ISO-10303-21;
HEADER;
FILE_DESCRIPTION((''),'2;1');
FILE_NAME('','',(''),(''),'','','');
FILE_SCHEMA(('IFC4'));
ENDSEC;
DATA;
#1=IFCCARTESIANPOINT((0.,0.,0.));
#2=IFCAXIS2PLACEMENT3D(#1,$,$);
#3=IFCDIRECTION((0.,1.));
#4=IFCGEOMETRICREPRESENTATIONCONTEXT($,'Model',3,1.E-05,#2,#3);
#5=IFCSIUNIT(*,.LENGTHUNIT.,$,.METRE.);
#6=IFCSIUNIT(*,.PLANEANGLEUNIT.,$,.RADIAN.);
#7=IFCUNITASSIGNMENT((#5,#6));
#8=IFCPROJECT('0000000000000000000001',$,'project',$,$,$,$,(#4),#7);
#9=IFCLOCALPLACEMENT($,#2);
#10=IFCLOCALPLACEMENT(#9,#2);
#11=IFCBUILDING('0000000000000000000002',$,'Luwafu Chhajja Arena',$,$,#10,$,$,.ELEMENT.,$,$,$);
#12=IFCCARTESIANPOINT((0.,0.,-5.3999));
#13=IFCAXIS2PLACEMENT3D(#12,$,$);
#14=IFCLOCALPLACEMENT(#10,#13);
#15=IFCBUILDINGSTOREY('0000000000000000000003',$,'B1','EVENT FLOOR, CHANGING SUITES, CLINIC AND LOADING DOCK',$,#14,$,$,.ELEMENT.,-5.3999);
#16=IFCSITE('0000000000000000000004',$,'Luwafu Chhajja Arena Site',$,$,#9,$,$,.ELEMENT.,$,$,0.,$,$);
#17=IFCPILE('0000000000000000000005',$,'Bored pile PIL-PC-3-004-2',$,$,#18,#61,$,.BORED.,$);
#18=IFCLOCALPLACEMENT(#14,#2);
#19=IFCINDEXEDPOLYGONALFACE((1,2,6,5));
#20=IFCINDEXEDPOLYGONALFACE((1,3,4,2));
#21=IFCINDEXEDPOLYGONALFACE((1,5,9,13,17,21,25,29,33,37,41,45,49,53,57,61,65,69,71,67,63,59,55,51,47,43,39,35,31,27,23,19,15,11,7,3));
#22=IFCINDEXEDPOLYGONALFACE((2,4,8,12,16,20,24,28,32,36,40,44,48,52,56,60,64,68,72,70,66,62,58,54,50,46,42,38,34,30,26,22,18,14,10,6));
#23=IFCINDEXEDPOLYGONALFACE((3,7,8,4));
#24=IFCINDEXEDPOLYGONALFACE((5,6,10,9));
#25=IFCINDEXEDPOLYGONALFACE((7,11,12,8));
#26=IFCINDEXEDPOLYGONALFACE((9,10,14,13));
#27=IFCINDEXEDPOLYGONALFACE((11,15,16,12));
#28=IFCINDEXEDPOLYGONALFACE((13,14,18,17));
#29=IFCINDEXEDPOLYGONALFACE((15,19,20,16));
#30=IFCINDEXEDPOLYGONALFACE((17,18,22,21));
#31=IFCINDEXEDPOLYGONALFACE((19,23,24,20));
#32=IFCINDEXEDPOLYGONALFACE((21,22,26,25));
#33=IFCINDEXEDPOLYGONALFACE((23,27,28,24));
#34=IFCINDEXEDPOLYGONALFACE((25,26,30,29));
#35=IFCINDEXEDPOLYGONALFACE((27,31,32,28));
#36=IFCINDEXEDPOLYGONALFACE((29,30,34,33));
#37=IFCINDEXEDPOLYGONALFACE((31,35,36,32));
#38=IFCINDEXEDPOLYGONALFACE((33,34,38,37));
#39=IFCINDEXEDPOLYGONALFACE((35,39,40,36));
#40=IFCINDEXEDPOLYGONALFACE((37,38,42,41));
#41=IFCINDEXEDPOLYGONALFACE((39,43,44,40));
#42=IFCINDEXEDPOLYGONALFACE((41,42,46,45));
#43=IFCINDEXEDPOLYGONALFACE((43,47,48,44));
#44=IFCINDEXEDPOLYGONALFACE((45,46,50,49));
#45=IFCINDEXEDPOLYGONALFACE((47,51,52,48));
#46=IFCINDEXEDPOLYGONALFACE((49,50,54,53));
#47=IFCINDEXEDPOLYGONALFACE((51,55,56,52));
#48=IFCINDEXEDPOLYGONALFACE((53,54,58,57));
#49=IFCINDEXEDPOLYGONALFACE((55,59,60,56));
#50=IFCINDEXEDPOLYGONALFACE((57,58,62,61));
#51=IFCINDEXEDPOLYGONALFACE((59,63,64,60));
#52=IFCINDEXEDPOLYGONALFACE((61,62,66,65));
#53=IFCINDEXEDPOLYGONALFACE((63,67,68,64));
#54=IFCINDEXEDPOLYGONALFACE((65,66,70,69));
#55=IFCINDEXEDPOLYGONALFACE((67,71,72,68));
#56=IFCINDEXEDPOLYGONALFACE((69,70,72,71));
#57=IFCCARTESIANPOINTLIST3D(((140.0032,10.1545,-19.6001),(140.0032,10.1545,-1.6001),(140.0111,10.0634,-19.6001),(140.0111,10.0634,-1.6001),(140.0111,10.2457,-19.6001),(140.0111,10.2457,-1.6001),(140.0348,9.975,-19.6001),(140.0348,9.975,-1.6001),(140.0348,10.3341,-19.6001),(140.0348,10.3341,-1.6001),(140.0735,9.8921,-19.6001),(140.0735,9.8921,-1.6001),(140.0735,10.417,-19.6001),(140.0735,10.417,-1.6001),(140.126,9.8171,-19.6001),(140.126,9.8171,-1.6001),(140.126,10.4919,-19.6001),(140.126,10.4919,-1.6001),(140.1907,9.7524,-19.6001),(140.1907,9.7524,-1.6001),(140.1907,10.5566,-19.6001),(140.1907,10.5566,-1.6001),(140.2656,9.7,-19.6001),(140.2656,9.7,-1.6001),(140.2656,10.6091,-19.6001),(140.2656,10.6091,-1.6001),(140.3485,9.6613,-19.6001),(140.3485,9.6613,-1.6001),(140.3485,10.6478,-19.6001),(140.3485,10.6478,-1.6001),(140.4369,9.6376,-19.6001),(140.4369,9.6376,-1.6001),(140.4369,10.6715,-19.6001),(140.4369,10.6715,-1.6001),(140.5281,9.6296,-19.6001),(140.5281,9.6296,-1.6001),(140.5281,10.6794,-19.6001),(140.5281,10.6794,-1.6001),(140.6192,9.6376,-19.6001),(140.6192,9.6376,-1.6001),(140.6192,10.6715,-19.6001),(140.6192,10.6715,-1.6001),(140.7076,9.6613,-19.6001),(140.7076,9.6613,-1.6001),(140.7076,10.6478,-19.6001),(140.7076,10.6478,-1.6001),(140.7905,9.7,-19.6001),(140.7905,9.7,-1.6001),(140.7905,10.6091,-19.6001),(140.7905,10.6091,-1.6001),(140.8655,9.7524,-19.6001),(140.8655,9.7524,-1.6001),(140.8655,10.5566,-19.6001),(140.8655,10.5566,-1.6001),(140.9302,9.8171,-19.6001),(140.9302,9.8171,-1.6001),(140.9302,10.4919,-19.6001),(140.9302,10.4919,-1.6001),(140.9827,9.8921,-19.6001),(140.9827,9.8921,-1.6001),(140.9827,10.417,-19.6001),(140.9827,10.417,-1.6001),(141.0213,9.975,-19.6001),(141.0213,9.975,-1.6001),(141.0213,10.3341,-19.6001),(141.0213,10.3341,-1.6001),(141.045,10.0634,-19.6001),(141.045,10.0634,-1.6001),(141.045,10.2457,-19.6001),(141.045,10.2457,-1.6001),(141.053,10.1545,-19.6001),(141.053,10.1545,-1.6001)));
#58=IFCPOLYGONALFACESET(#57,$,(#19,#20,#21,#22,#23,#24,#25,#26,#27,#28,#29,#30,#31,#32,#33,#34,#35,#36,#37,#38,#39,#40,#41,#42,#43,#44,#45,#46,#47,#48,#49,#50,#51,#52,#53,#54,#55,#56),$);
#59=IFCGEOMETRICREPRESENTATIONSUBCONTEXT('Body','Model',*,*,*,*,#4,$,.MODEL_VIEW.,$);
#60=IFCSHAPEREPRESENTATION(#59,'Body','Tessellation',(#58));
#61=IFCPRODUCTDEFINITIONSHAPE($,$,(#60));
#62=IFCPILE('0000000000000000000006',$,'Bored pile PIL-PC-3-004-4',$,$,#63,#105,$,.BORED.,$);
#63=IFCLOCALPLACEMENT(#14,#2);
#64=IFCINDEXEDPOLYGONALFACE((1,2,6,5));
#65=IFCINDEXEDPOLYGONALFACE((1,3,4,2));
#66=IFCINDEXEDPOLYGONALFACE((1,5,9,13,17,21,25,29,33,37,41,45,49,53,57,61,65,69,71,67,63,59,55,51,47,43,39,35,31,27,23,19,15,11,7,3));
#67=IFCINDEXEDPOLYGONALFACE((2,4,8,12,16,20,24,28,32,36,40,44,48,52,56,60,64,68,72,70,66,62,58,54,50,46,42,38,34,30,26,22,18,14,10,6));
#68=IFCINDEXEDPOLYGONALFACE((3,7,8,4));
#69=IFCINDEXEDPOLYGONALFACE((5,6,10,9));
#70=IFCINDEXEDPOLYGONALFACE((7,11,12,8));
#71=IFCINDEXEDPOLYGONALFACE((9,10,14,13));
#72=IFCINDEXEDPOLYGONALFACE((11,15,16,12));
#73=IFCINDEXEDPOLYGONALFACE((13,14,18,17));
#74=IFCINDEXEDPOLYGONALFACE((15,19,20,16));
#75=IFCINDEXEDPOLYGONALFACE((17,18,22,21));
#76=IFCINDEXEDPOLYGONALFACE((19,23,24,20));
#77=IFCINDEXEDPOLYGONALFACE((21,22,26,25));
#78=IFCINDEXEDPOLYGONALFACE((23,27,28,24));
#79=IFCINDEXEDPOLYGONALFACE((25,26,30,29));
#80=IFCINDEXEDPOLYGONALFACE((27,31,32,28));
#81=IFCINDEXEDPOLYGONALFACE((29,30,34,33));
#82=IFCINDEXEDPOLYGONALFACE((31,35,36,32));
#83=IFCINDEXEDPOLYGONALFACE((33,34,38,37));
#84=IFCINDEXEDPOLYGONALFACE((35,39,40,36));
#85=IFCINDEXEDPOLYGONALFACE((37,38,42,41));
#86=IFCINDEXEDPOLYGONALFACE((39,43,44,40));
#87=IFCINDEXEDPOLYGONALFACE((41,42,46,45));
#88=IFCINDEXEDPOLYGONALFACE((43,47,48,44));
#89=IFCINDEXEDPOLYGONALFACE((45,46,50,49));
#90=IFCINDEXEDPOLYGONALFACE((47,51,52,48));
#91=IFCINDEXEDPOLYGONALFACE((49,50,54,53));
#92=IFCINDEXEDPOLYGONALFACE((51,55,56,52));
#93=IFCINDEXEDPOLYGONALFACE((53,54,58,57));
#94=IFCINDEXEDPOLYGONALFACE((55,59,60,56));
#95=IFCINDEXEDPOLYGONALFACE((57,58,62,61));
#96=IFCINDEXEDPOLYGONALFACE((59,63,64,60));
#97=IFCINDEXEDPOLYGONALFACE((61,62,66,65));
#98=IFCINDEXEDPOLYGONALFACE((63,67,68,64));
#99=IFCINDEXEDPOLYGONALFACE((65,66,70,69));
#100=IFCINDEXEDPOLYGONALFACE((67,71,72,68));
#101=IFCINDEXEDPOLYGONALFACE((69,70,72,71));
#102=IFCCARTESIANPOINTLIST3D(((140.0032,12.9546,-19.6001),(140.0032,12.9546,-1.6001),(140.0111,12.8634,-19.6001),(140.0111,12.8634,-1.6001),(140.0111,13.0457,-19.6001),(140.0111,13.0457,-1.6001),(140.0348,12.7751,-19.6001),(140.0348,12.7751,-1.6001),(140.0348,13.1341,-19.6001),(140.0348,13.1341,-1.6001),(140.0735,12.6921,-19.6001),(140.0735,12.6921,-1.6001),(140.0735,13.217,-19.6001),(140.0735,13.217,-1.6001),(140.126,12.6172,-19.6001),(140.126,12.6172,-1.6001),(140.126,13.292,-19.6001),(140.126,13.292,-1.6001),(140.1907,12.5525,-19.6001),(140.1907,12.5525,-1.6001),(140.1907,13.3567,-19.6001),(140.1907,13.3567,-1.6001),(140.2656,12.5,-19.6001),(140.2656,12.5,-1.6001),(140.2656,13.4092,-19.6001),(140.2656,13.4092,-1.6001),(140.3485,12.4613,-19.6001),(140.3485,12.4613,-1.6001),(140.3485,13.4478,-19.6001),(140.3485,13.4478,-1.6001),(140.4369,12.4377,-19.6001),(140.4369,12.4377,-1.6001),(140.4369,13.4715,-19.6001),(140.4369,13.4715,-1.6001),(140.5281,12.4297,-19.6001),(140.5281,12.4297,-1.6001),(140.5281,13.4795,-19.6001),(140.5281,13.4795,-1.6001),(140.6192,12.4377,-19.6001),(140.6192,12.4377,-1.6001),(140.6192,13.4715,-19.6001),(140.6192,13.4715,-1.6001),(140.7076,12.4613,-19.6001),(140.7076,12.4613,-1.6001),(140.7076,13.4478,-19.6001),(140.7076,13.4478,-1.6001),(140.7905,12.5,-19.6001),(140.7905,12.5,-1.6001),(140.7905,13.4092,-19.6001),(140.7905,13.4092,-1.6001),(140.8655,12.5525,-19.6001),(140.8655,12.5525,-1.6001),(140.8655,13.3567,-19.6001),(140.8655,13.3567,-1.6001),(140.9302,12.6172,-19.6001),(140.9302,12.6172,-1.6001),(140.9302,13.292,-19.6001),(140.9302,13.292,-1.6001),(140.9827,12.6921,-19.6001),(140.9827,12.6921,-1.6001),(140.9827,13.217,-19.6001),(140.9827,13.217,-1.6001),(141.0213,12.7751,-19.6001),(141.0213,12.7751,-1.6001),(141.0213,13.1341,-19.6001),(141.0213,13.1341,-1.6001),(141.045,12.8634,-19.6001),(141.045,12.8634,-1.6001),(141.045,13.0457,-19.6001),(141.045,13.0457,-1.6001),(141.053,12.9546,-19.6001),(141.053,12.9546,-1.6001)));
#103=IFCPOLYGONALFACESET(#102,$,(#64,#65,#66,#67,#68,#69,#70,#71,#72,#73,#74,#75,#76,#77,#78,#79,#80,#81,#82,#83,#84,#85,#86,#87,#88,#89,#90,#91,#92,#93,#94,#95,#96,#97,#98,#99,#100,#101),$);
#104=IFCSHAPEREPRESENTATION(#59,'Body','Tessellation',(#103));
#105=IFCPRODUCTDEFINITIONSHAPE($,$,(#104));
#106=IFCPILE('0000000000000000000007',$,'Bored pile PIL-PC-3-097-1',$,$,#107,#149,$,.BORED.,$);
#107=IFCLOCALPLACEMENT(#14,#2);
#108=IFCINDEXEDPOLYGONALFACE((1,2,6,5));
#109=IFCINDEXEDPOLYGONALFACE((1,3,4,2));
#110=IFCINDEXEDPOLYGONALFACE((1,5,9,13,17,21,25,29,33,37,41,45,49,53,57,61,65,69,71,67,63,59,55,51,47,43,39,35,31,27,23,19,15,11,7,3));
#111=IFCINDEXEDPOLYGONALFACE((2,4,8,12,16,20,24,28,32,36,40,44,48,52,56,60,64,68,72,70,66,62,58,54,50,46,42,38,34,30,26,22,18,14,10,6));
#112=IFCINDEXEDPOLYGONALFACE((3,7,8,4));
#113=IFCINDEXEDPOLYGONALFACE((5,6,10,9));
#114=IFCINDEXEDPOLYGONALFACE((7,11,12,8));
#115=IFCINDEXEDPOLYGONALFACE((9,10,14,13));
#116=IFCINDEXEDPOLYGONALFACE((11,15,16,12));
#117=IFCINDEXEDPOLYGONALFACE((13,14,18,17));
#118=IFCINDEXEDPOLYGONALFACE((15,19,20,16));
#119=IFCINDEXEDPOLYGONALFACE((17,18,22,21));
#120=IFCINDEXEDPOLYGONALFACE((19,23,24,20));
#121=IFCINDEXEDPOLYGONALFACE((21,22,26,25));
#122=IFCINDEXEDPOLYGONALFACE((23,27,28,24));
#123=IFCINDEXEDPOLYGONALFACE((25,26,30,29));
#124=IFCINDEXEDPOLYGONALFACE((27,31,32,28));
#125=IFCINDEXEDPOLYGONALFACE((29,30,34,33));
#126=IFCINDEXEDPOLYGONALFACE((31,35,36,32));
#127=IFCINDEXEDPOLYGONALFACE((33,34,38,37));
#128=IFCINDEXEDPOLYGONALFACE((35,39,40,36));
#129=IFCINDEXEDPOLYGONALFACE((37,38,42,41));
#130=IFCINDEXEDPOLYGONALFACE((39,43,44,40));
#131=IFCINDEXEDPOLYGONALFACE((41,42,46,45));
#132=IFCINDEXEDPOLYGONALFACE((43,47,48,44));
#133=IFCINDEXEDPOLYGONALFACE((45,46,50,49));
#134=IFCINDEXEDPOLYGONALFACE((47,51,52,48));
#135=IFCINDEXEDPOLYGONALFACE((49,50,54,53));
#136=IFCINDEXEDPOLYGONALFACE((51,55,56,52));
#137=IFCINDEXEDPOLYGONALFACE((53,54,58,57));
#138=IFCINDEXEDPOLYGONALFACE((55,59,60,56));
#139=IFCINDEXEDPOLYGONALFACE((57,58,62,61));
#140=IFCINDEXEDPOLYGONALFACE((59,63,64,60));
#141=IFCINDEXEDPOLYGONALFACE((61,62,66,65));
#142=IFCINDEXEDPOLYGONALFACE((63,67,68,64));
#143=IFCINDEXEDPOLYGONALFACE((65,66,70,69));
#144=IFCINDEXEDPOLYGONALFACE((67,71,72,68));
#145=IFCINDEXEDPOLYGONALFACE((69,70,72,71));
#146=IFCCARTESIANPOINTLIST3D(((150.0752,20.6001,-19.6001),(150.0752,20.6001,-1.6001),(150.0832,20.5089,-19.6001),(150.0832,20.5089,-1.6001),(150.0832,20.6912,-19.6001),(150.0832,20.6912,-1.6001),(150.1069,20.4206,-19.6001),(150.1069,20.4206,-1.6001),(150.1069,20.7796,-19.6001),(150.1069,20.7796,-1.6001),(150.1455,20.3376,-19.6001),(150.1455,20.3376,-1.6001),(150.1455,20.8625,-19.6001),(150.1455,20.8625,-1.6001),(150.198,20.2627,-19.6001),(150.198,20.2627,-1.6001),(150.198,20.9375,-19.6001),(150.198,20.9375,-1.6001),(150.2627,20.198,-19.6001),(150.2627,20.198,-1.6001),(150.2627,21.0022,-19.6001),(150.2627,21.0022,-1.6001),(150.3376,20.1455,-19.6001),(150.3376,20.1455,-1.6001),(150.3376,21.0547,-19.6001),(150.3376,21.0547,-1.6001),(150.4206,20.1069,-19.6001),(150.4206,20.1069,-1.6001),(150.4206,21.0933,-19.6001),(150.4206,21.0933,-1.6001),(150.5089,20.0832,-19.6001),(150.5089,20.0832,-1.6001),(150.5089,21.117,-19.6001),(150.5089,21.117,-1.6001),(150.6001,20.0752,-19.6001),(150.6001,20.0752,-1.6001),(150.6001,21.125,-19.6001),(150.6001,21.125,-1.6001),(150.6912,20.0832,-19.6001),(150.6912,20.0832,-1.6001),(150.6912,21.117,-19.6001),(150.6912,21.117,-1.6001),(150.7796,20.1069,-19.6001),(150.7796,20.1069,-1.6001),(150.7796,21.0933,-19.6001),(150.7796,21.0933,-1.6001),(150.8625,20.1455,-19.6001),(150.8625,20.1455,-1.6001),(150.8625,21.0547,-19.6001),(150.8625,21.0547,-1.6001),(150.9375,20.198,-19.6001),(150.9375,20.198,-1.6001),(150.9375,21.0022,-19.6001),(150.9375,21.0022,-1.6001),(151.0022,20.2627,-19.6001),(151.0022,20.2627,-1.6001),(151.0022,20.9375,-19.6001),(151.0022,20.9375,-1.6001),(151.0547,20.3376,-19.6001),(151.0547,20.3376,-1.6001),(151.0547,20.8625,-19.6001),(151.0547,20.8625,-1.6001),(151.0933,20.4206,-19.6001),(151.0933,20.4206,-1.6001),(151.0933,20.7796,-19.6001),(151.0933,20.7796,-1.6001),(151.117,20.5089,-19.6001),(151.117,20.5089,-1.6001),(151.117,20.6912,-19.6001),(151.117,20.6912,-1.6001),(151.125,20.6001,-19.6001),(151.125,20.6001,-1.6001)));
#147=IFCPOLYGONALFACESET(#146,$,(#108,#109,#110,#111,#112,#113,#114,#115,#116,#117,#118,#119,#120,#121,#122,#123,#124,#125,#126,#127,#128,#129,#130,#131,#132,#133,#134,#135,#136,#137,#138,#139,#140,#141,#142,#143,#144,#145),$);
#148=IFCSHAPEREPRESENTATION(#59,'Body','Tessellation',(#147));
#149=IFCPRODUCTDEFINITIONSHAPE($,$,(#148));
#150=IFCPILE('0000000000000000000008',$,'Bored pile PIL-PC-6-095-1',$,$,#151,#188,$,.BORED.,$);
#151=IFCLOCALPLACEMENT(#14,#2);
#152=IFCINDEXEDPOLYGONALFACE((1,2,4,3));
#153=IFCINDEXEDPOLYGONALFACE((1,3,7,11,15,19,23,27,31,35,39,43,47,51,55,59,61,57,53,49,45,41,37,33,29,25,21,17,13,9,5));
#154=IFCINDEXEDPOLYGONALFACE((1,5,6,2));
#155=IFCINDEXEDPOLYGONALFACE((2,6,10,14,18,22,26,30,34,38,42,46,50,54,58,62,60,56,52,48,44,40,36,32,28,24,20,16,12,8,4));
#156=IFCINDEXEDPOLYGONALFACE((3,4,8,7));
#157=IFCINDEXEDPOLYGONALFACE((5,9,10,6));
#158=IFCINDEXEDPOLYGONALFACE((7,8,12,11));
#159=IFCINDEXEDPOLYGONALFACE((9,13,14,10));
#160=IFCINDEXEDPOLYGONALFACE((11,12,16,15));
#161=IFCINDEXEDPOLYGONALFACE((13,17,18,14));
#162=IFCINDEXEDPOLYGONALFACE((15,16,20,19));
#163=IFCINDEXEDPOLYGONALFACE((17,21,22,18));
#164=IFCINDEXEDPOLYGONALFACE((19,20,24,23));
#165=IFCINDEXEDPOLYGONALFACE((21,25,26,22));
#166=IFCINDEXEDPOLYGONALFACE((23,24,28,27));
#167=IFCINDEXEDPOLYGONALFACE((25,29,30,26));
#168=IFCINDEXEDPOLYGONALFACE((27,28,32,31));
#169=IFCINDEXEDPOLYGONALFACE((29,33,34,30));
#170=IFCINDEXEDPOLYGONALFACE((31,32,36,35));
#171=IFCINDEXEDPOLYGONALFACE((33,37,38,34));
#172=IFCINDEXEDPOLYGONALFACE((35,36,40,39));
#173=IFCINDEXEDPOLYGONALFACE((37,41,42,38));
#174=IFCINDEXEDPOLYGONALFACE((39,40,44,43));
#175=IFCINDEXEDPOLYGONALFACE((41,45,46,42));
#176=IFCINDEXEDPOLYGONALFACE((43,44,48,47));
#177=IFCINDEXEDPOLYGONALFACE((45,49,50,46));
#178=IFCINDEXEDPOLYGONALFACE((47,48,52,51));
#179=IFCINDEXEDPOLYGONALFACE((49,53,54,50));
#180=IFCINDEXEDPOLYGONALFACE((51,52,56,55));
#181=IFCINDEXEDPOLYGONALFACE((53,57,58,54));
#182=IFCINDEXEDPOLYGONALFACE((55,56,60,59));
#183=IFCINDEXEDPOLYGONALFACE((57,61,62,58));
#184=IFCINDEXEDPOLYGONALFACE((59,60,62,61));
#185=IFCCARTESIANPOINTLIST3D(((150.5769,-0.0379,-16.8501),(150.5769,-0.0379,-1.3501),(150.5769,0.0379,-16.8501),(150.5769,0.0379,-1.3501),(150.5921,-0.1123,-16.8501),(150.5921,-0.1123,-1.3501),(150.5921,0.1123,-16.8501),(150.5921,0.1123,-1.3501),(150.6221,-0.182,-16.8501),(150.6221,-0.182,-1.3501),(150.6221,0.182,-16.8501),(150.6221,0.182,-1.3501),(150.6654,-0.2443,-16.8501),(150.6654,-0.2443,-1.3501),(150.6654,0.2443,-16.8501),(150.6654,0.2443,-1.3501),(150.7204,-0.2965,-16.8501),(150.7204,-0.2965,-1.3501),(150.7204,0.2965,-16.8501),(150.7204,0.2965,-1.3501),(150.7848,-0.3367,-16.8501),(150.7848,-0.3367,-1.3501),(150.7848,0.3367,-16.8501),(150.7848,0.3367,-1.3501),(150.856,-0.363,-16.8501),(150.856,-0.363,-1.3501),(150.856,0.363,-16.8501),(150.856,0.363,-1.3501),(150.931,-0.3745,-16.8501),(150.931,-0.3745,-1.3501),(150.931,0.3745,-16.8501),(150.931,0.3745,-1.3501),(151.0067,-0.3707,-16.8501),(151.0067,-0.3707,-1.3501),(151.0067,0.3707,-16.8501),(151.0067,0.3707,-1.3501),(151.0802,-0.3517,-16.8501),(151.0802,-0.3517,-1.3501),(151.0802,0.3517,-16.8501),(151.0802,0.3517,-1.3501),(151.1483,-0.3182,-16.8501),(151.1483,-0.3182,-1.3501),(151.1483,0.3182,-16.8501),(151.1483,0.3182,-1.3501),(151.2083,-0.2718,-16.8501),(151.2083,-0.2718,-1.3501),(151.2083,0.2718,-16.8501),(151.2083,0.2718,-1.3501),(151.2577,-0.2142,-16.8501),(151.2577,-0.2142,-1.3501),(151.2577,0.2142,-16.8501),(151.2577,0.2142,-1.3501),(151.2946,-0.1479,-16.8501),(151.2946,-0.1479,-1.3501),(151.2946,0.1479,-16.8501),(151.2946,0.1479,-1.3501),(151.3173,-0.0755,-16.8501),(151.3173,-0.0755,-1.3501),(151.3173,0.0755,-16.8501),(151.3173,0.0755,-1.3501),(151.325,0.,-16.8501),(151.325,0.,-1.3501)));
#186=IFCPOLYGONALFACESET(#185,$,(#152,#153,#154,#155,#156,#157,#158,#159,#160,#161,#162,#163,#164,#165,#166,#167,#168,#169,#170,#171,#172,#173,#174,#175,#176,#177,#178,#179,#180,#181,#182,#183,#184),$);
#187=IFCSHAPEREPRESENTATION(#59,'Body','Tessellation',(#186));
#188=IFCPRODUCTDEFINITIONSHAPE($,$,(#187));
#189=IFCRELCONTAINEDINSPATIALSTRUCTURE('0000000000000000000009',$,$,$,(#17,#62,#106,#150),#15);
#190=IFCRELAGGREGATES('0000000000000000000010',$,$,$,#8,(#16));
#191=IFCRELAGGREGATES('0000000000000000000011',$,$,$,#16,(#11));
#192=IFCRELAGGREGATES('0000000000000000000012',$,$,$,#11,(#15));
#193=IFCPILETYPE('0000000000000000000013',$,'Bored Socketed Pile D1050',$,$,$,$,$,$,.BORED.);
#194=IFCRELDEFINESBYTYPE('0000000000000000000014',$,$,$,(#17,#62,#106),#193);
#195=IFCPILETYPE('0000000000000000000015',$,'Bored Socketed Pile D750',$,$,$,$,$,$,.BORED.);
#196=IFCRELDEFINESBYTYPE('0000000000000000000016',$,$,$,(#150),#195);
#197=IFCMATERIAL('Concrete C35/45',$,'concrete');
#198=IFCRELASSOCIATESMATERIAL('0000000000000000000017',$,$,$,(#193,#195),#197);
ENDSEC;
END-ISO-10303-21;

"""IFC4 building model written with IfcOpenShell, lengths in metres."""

from ifc_helpers import new_model, si_unit, direction, frame, origin, origin_2d, place, context, subcontext, project, spatial, circle, extrude, material, material_profile, profile_set, type_object, element, save


model = new_model("IFC4")

# Units and contexts
model_context = context("Model", 3, precision=1e-05, world=origin(), true_north=direction((0.0, 1.0)))
body_context = subcontext(model_context, "Body", "Model", "MODEL_VIEW")
ifc_project = project(units=[si_unit("LENGTHUNIT", "METRE"), si_unit("PLANEANGLEUNIT", "RADIAN")], contexts=[model_context])

# Site, building, storey
site_placement = place(None, origin())
site = spatial("IfcSite", under=ifc_project, at=site_placement, Name="Luwafu Chhajja Arena Site", CompositionType="ELEMENT", RefElevation=0.0)
building_placement = place(site_placement, origin())
building = spatial("IfcBuilding", under=site, at=building_placement, Name="Luwafu Chhajja Arena", CompositionType="ELEMENT")
storey_placement = place(building_placement, frame((0.0, 0.0, -5.3999)))
storey = spatial("IfcBuildingStorey", under=building, at=storey_placement, Name="B1", Description="EVENT FLOOR, CHANGING SUITES, CLINIC AND LOADING DOCK", CompositionType="ELEMENT", Elevation=-5.3999)

# Piles
ifc_material_1 = material(Name="Concrete C35/45", Category="concrete")
ifc_material_profile_1 = material_profile(ifc_material_1, circle(Radius=0.5249, at=origin_2d()), Name="PILE D1050")
ifc_profile_set_1 = profile_set([ifc_material_profile_1], Name="Concrete C35/45")
pile_type_1 = type_object("IfcPileType", Name="Bored Socketed Pile D1050", PredefinedType="BORED", material=ifc_profile_set_1)
for number, where, z_axis, x_axis, name in (
    (1, (140.5281, 10.1545, -1.6001), (0.0, 0.0, -1.0), (1.0, 0.0, 0.0), "Bored pile PIL-PC-3-004-2"),
    (2, (140.5281, 12.9546, -1.6001), (0.0, 0.0, -1.0), (1.0, 0.0, 0.0), "Bored pile PIL-PC-3-004-4"),
    (3, (150.6001, 20.6001, -1.6001), (0.0, 0.0, -1.0), (1.0, 0.0, 0.0), "Bored pile PIL-PC-3-097-1"),
):
    element("IfcPile", number, at=place(storey_placement, frame(where, z_axis=z_axis, x_axis=x_axis)), inside=storey, type_object=pile_type_1, Name=name, PredefinedType="BORED", context=body_context, shape_type="SweptSolid", body=[
        extrude(circle(Radius=0.5249, at=origin_2d()), origin(), (0.0, 0.0, 1.0), 18.0),
    ])
ifc_material_profile_2 = material_profile(ifc_material_1, circle(Radius=0.375, at=origin_2d()), Name="PILE D750")
ifc_profile_set_2 = profile_set([ifc_material_profile_2], Name="Concrete C35/45")
pile_type_2 = type_object("IfcPileType", Name="Bored Socketed Pile D750", PredefinedType="BORED", material=ifc_profile_set_2)
for number, where, z_axis, x_axis, name in (
    (4, (150.95, 0.0, -1.3501), (0.0, 0.0, -1.0), (1.0, 0.0, 0.0), "Bored pile PIL-PC-6-095-1"),
):
    element("IfcPile", number, at=place(storey_placement, frame(where, z_axis=z_axis, x_axis=x_axis)), inside=storey, type_object=pile_type_2, Name=name, PredefinedType="BORED", context=body_context, shape_type="SweptSolid", body=[
        extrude(circle(Radius=0.375, at=origin_2d()), origin(), (0.0, 0.0, 1.0), 15.5),
    ])

save(model, "model.ifc")
